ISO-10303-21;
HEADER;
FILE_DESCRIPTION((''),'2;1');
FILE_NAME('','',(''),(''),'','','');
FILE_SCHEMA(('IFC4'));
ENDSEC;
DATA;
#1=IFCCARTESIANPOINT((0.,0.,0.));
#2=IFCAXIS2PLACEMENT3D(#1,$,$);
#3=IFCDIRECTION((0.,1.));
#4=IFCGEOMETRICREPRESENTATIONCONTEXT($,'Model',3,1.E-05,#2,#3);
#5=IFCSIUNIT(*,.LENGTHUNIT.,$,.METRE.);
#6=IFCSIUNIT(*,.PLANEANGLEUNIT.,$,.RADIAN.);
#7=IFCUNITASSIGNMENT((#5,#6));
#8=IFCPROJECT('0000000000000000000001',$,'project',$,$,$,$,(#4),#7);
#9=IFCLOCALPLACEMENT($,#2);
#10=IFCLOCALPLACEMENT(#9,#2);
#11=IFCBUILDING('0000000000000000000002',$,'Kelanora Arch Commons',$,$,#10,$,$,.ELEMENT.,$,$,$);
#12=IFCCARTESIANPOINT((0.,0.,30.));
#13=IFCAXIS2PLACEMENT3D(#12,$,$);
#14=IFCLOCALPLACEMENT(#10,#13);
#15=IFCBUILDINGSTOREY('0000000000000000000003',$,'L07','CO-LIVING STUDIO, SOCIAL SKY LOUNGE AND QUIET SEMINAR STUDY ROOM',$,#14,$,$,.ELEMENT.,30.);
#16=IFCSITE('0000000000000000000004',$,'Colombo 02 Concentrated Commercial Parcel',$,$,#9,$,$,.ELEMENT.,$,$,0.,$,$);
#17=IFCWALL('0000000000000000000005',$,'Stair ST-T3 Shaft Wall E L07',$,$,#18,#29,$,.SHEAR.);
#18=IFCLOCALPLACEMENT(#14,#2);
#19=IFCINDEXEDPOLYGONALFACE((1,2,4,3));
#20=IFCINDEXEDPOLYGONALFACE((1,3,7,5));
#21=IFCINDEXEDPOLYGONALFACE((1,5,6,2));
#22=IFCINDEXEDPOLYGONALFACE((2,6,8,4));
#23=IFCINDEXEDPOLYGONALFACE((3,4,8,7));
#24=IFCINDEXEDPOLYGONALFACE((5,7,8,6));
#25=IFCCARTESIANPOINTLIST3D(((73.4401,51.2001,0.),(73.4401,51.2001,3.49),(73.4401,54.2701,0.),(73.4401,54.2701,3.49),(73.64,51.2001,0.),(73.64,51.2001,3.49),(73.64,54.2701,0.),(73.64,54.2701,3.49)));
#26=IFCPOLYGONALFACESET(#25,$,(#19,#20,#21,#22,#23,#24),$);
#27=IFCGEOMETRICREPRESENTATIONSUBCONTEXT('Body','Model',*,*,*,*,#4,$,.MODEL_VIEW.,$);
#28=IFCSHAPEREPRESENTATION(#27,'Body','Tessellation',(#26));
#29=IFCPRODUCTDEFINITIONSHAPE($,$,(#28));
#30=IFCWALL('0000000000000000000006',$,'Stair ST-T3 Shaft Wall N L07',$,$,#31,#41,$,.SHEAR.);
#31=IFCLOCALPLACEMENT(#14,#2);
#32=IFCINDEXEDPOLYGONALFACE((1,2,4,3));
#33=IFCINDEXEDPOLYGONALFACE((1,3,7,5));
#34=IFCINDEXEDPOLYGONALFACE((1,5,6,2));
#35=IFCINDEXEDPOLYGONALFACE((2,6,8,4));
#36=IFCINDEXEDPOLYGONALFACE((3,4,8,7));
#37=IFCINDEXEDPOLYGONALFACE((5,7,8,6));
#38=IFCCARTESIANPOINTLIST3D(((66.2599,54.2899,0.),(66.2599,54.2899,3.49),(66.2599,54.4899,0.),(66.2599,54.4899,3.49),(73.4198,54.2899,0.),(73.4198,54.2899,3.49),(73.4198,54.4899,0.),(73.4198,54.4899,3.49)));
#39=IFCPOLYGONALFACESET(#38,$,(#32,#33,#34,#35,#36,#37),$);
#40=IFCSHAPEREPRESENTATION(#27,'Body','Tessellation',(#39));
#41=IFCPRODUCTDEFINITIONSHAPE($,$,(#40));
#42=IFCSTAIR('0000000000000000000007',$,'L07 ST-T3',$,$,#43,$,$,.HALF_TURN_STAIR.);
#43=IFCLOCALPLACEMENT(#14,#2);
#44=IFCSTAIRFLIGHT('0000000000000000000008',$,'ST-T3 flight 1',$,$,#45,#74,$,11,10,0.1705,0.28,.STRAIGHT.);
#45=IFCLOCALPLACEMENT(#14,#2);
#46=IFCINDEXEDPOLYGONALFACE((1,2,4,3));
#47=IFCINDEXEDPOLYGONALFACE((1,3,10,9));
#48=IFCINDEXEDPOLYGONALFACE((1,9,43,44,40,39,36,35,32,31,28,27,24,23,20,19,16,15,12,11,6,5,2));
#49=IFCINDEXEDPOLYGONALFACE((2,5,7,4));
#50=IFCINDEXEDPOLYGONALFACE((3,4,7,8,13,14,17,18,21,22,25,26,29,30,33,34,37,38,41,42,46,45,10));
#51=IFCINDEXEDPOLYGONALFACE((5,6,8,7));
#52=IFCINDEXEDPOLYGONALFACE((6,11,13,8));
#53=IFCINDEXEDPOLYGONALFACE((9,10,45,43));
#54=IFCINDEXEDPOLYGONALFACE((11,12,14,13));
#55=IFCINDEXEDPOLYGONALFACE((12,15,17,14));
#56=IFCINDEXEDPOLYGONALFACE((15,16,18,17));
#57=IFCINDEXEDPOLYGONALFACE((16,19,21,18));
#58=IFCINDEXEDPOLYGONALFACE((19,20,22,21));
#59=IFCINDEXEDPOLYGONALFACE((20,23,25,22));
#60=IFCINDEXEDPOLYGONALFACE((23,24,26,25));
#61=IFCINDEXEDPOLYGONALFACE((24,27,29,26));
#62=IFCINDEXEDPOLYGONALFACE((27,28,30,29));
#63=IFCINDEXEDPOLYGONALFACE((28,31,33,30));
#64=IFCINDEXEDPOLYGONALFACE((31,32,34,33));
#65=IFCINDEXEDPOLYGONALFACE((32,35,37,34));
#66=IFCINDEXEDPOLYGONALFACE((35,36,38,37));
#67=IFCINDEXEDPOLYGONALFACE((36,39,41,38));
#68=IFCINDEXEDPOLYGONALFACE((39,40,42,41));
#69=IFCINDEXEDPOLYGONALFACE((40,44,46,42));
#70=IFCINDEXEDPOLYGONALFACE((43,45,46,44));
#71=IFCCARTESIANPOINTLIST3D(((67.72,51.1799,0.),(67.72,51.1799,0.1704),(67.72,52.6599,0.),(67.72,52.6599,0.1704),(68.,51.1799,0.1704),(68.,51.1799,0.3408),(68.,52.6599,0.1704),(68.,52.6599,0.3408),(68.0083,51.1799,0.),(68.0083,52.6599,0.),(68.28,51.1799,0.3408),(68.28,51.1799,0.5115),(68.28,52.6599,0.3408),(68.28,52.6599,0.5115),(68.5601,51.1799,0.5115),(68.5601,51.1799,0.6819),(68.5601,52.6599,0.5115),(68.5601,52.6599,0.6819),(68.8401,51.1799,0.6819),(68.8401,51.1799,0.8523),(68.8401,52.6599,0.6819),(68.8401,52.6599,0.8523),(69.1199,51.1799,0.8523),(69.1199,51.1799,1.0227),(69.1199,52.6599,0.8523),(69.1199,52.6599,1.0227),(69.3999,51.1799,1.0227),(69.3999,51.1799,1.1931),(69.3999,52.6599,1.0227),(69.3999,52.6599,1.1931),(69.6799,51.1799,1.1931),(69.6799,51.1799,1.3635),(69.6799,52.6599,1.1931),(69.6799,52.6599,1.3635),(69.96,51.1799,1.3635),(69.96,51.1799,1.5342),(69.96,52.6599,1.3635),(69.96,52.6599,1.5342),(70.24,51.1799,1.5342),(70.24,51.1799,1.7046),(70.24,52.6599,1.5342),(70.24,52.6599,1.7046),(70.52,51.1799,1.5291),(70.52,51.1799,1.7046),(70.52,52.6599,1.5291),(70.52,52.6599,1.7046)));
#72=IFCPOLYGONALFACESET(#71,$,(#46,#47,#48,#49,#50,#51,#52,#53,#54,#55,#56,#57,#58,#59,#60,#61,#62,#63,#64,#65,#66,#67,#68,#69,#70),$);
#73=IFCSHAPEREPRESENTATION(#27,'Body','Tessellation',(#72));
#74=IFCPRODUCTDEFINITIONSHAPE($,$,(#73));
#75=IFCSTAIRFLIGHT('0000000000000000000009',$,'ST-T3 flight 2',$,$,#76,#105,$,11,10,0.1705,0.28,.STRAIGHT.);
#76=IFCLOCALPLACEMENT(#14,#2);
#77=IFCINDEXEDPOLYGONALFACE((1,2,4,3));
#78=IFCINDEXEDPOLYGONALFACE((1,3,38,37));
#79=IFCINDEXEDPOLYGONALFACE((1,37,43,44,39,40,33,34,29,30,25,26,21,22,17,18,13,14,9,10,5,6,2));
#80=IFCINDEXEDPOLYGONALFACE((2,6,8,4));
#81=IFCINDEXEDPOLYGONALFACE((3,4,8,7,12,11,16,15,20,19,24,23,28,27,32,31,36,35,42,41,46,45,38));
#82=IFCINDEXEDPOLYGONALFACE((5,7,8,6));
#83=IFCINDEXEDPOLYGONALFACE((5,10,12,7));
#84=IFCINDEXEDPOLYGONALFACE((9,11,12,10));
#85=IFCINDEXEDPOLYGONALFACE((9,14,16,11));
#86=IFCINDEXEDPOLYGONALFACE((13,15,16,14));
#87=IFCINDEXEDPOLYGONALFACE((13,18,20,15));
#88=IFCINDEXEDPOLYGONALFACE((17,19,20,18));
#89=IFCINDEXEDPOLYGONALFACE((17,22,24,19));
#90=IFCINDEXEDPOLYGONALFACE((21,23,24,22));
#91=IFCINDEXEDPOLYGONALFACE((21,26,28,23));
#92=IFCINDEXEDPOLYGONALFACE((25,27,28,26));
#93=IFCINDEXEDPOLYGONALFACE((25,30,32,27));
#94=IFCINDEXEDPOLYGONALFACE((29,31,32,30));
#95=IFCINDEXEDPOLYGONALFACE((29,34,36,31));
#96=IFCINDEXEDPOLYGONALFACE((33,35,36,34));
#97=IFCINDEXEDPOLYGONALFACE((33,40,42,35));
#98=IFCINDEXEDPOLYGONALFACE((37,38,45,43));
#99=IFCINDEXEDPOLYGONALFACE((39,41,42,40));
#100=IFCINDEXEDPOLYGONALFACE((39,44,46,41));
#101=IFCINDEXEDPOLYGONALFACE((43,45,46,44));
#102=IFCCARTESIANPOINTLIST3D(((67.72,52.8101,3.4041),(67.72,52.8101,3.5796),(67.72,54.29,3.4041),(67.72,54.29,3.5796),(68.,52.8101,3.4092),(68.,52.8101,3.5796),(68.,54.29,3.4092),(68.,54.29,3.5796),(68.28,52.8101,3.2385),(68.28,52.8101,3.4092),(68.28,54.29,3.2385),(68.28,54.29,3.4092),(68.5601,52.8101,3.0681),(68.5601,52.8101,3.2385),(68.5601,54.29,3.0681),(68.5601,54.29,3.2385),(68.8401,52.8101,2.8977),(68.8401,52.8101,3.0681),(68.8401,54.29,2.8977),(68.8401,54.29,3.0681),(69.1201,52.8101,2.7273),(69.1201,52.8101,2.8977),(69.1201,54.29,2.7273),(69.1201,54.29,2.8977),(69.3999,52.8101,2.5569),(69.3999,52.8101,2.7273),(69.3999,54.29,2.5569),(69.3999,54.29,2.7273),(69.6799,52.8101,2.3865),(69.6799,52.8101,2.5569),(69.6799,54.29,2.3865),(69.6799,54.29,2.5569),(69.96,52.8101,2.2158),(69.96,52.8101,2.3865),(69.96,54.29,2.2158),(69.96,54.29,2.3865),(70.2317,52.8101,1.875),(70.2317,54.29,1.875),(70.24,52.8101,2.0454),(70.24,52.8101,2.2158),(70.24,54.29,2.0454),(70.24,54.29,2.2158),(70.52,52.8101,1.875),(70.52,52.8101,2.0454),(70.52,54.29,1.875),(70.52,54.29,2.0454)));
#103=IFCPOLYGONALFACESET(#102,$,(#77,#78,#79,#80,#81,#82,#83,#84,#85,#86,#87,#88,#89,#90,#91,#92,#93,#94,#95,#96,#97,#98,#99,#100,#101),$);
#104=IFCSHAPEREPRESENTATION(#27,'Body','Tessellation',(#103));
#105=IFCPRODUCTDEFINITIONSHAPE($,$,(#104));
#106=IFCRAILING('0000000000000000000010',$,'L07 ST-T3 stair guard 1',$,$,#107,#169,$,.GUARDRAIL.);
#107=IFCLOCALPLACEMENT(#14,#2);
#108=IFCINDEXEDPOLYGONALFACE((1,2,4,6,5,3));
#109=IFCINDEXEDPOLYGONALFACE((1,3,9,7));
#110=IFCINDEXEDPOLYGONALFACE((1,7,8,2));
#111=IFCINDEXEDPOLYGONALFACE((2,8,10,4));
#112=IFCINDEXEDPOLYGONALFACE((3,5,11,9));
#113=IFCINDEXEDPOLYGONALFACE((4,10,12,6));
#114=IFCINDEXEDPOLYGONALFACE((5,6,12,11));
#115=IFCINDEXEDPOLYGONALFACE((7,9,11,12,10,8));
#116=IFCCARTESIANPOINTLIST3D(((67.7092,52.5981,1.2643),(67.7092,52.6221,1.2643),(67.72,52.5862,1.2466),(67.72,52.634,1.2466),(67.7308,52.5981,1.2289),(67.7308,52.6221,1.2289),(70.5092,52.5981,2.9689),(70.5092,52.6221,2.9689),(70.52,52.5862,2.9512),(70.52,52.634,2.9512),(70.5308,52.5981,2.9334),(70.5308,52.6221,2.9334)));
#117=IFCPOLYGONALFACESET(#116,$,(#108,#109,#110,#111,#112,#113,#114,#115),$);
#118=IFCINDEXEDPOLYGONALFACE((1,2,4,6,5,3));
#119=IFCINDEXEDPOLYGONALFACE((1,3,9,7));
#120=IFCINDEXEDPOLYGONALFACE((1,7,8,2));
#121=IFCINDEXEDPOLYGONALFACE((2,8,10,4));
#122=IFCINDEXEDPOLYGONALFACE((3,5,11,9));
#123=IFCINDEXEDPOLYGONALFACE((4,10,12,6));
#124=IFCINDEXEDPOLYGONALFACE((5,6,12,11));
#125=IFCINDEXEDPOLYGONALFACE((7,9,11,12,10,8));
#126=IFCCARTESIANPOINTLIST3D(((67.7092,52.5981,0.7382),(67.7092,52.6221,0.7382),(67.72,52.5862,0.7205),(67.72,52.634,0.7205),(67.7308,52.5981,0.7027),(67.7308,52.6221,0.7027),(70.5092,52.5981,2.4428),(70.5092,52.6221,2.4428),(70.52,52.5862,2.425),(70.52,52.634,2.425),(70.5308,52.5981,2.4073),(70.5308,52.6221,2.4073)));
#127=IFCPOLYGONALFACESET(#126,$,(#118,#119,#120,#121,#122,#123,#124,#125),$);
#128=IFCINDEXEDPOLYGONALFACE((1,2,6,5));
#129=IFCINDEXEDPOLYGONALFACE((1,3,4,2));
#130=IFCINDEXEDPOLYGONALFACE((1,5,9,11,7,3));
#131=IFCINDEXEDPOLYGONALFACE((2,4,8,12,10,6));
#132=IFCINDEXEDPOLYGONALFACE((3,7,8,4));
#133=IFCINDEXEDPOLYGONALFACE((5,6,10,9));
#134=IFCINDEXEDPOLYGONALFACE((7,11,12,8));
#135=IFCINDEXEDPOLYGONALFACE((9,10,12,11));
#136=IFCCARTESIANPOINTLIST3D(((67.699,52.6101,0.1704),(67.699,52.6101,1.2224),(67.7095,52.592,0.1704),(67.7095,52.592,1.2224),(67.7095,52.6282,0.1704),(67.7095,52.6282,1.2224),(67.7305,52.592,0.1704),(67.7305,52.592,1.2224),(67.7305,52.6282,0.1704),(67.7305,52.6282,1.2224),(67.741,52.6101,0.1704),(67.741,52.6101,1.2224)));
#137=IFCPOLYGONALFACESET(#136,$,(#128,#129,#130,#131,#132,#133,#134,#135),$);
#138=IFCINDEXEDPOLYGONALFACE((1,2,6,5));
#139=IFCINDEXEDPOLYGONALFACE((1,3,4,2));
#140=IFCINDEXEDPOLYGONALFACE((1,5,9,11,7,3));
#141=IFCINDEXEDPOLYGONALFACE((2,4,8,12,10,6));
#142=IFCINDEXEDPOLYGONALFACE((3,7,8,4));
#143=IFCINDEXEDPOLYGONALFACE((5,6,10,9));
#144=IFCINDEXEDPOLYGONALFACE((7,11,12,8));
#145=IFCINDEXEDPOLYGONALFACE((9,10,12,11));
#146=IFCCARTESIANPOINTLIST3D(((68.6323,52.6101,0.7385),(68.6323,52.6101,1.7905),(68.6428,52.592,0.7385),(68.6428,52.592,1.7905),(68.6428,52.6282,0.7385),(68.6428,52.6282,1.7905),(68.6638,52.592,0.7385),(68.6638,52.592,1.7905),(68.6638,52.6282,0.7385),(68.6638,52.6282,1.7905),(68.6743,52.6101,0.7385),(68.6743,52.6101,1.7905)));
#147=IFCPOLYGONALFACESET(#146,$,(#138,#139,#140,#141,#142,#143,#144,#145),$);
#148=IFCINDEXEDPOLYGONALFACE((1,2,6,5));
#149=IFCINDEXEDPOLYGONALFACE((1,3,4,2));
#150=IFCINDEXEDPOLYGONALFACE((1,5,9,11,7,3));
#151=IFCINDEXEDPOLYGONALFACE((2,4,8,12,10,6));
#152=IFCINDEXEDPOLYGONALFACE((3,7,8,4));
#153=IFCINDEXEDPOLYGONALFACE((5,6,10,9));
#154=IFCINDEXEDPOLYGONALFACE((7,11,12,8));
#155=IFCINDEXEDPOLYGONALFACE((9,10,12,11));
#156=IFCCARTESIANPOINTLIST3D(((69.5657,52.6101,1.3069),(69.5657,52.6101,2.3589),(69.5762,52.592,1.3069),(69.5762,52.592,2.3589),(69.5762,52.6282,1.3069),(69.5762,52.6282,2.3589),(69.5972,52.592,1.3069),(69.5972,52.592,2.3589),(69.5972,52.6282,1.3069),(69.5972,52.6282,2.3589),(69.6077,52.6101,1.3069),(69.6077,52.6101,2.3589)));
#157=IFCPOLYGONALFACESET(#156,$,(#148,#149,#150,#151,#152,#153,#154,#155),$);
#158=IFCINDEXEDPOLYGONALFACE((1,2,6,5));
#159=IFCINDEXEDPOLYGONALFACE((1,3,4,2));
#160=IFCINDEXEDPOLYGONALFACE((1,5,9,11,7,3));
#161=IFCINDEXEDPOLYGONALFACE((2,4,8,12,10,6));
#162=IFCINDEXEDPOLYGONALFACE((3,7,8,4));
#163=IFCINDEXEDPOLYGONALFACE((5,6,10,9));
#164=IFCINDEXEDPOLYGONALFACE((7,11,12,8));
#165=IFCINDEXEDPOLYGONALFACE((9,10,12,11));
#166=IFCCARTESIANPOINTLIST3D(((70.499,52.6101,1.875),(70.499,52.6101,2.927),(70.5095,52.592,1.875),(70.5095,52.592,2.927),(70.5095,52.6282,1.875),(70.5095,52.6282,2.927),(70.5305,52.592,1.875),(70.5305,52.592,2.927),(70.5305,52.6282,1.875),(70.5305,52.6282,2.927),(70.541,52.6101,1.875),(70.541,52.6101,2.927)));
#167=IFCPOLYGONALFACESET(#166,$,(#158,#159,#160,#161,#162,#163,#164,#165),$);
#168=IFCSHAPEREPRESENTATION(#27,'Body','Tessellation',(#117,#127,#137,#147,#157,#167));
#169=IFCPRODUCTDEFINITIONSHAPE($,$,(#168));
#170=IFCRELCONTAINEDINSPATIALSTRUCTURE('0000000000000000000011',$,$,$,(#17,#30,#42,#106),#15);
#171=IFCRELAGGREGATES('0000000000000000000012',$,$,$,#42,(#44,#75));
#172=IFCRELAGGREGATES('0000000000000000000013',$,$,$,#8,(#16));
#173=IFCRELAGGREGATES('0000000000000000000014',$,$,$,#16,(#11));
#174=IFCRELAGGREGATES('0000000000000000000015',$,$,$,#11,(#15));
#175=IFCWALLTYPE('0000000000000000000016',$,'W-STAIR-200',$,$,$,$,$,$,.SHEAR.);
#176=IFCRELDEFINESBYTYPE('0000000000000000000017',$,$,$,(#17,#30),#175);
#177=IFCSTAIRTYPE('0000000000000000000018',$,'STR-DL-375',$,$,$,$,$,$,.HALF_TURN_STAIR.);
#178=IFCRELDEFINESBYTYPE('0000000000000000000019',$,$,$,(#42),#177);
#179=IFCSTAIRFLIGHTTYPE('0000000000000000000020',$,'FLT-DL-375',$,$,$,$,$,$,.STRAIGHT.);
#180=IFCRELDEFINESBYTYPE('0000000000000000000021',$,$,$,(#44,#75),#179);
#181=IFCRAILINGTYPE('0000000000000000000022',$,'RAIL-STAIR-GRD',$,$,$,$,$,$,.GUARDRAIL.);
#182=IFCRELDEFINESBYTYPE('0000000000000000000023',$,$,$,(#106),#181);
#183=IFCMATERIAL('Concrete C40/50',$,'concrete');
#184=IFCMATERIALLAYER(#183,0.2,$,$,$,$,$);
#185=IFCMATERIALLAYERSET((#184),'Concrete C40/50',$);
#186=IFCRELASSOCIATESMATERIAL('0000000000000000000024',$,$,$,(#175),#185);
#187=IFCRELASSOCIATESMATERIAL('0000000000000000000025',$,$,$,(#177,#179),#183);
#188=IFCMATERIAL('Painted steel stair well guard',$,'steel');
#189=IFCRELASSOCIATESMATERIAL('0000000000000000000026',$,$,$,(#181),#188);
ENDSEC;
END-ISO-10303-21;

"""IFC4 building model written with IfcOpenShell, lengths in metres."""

from ifc_helpers import new_model, si_unit, direction, frame, frame_2d, origin, place, context, subcontext, project, spatial, polyline, rectangle, outline, extrude, material, layer, layer_set, type_object, element, aggregate, save


model = new_model("IFC4")

# Units and contexts
model_context = context("Model", 3, precision=1e-05, world=origin(), true_north=direction((0.0, 1.0)))
body_context = subcontext(model_context, "Body", "Model", "MODEL_VIEW")
ifc_project = project(units=[si_unit("LENGTHUNIT", "METRE"), si_unit("PLANEANGLEUNIT", "RADIAN")], contexts=[model_context])

# Site, building, storey
site_placement = place(None, origin())
site = spatial("IfcSite", under=ifc_project, at=site_placement, Name="Colombo 02 Concentrated Commercial Parcel", CompositionType="ELEMENT", RefElevation=0.0)
building_placement = place(site_placement, origin())
building = spatial("IfcBuilding", under=site, at=building_placement, Name="Kelanora Arch Commons", CompositionType="ELEMENT")
storey_placement = place(building_placement, frame((0.0, 0.0, 30.0)))
storey = spatial("IfcBuildingStorey", under=building, at=storey_placement, Name="L07", Description="CO-LIVING STUDIO, SOCIAL SKY LOUNGE AND QUIET SEMINAR STUDY ROOM", CompositionType="ELEMENT", Elevation=30.0)

# Shared definitions
ifc_material_1 = material(Name="Concrete C40/50", Category="concrete")
ifc_layer_1 = layer(ifc_material_1, 0.2)
ifc_layer_set_1 = layer_set([ifc_layer_1], Name="Concrete C40/50")
wall_type_1 = type_object("IfcWallType", Name="W-STAIR-200", PredefinedType="SHEAR", material=ifc_layer_set_1)

# Walls
wall_1_placement = place(storey_placement, frame((73.54, 51.2, 0.0), z_axis=(0.0, 0.0, 1.0), x_axis=(0.0, 1.0, 0.0)))
element("IfcWall", 1, at=wall_1_placement, inside=storey, type_object=wall_type_1, Name="Stair ST-T3 Shaft Wall E L07", PredefinedType="SHEAR", context=body_context, shape_type="SweptSolid", body=[
    extrude(rectangle(XDim=3.0701, YDim=0.2, at=frame_2d((1.5352, 0.0))), origin(), (0.0, 0.0, 1.0), 3.49),
])
wall_2_placement = place(storey_placement, frame((73.4199, 54.3899, 0.0), z_axis=(0.0, 0.0, 1.0), x_axis=(-1.0, 0.0, 0.0)))
element("IfcWall", 2, at=wall_2_placement, inside=storey, type_object=wall_type_1, Name="Stair ST-T3 Shaft Wall N L07", PredefinedType="SHEAR", context=body_context, shape_type="SweptSolid", body=[
    extrude(rectangle(XDim=7.1599, YDim=0.2, at=frame_2d((3.5801, 0.0))), origin(), (0.0, 0.0, 1.0), 3.49),
])

# Stair, stair flights
stair_type = type_object("IfcStairType", Name="STR-DL-375", PredefinedType="HALF_TURN_STAIR", material=ifc_material_1)
stair_placement = place(storey_placement, origin())
stair = element("IfcStair", 3, at=stair_placement, inside=storey, type_object=stair_type, Name="L07 ST-T3", PredefinedType="HALF_TURN_STAIR")
stair_flight_type = type_object("IfcStairFlightType", Name="FLT-DL-375", PredefinedType="STRAIGHT", material=ifc_material_1)
stair_flight_1_placement = place(storey_placement, frame((67.72, 51.9199, 0.0), z_axis=(0.0, 0.0, 1.0), x_axis=(1.0, 0.0, 0.0)))
stair_flight_1 = element("IfcStairFlight", 4, at=stair_flight_1_placement, type_object=stair_flight_type, Name="ST-T3 flight 1", NumberOfRisers=11, NumberOfTreads=10, PredefinedType="STRAIGHT", RiserHeight=0.1705, TreadLength=0.28, context=body_context, shape_type="SweptSolid", body=[
    extrude(outline(polyline([(0.0, 0.0), (0.0, 0.1704), (0.28, 0.1704), (0.28, 0.3408), (0.5601, 0.3408), (0.5601, 0.5115), (0.8401, 0.5115), (0.8401, 0.6819), (1.1201, 0.6819), (1.1201, 0.8523), (1.3999, 0.8523), (1.3999, 1.0227), (1.6799, 1.0227), (1.6799, 1.1931), (1.96, 1.1931), (1.96, 1.3635), (2.24, 1.3635), (2.24, 1.5342), (2.52, 1.5342), (2.52, 1.7046), (2.8, 1.7046), (2.8, 1.875), (2.8, 1.5291), (0.2883, 0.0), (0.0, 0.0)])), frame((0.0, 0.74, 0.0), z_axis=(0.0, -1.0, 0.0), x_axis=(1.0, 0.0, 0.0)), (0.0, 0.0, 1.0), 1.48),
])
stair_flight_2_placement = place(storey_placement, frame((70.52, 53.55, 1.875), z_axis=(0.0, 0.0, 1.0), x_axis=(-1.0, 0.0, 0.0)))
stair_flight_2 = element("IfcStairFlight", 5, at=stair_flight_2_placement, type_object=stair_flight_type, Name="ST-T3 flight 2", NumberOfRisers=11, NumberOfTreads=10, PredefinedType="STRAIGHT", RiserHeight=0.1705, TreadLength=0.28, context=body_context, shape_type="SweptSolid", body=[
    extrude(outline(polyline([(0.0, 0.0), (0.0, 0.1704), (0.28, 0.1704), (0.28, 0.3408), (0.5601, 0.3408), (0.5601, 0.5115), (0.8401, 0.5115), (0.8401, 0.6819), (1.1201, 0.6819), (1.1201, 0.8523), (1.3999, 0.8523), (1.3999, 1.0227), (1.6799, 1.0227), (1.6799, 1.1931), (1.96, 1.1931), (1.96, 1.3635), (2.24, 1.3635), (2.24, 1.5342), (2.52, 1.5342), (2.52, 1.7046), (2.8, 1.7046), (2.8, 1.875), (2.8, 1.5291), (0.2883, 0.0), (0.0, 0.0)])), frame((0.0, 0.74, 0.0), z_axis=(0.0, -1.0, 0.0), x_axis=(1.0, 0.0, 0.0)), (0.0, 0.0, 1.0), 1.48),
])
aggregate(stair, [stair_flight_1, stair_flight_2])

# Railing
ifc_material_2 = material(Name="Painted steel stair well guard", Category="steel")
railing_type_1 = type_object("IfcRailingType", Name="RAIL-STAIR-GRD", PredefinedType="GUARDRAIL", material=ifc_material_2)
railing_1_placement = place(storey_placement, frame((67.72, 52.6101, 0.1704)))
element("IfcRailing", 6, at=railing_1_placement, inside=storey, type_object=railing_type_1, Name="L07 ST-T3 stair guard 1", PredefinedType="GUARDRAIL", context=body_context, shape_type="SweptSolid", body=[
    extrude(outline(polyline([(0.0239, 0.0), (0.012, 0.0208), (-0.012, 0.0208), (-0.0239, 0.0), (-0.012, -0.0208), (0.012, -0.0208), (0.0239, 0.0)])), frame((0.0, 0.0, 1.0762), z_axis=(0.85417, 0.0, 0.519994), x_axis=(0.0, 1.0, 0.0)), (0.0, 0.0, 1.0), 3.2781),
    extrude(outline(polyline([(0.0239, 0.0), (0.012, 0.0208), (-0.012, 0.0208), (-0.0239, 0.0), (-0.012, -0.0208), (0.012, -0.0208), (0.0239, 0.0)])), frame((0.0, 0.0, 0.55), z_axis=(0.85417, 0.0, 0.519994), x_axis=(0.0, 1.0, 0.0)), (0.0, 0.0, 1.0), 3.2781),
    extrude(outline(polyline([(0.021, 0.0), (0.0105, 0.0181), (-0.0105, 0.0181), (-0.021, 0.0), (-0.0105, -0.0181), (0.0105, -0.0181), (0.021, 0.0)])), origin(), (0.0, 0.0, 1.0), 1.052),
    extrude(outline(polyline([(0.021, 0.0), (0.0105, 0.0181), (-0.0105, 0.0181), (-0.021, 0.0), (-0.0105, -0.0181), (0.0105, -0.0181), (0.021, 0.0)])), frame((0.9333, 0.0, 0.5681)), (0.0, 0.0, 1.0), 1.052),
    extrude(outline(polyline([(0.021, 0.0), (0.0105, 0.0181), (-0.0105, 0.0181), (-0.021, 0.0), (-0.0105, -0.0181), (0.0105, -0.0181), (0.021, 0.0)])), frame((1.8667, 0.0, 1.1365)), (0.0, 0.0, 1.0), 1.052),
    extrude(outline(polyline([(0.021, 0.0), (0.0105, 0.0181), (-0.0105, 0.0181), (-0.021, 0.0), (-0.0105, -0.0181), (0.0105, -0.0181), (0.021, 0.0)])), frame((2.8, 0.0, 1.7046)), (0.0, 0.0, 1.0), 1.052),
])

save(model, "model.ifc")
